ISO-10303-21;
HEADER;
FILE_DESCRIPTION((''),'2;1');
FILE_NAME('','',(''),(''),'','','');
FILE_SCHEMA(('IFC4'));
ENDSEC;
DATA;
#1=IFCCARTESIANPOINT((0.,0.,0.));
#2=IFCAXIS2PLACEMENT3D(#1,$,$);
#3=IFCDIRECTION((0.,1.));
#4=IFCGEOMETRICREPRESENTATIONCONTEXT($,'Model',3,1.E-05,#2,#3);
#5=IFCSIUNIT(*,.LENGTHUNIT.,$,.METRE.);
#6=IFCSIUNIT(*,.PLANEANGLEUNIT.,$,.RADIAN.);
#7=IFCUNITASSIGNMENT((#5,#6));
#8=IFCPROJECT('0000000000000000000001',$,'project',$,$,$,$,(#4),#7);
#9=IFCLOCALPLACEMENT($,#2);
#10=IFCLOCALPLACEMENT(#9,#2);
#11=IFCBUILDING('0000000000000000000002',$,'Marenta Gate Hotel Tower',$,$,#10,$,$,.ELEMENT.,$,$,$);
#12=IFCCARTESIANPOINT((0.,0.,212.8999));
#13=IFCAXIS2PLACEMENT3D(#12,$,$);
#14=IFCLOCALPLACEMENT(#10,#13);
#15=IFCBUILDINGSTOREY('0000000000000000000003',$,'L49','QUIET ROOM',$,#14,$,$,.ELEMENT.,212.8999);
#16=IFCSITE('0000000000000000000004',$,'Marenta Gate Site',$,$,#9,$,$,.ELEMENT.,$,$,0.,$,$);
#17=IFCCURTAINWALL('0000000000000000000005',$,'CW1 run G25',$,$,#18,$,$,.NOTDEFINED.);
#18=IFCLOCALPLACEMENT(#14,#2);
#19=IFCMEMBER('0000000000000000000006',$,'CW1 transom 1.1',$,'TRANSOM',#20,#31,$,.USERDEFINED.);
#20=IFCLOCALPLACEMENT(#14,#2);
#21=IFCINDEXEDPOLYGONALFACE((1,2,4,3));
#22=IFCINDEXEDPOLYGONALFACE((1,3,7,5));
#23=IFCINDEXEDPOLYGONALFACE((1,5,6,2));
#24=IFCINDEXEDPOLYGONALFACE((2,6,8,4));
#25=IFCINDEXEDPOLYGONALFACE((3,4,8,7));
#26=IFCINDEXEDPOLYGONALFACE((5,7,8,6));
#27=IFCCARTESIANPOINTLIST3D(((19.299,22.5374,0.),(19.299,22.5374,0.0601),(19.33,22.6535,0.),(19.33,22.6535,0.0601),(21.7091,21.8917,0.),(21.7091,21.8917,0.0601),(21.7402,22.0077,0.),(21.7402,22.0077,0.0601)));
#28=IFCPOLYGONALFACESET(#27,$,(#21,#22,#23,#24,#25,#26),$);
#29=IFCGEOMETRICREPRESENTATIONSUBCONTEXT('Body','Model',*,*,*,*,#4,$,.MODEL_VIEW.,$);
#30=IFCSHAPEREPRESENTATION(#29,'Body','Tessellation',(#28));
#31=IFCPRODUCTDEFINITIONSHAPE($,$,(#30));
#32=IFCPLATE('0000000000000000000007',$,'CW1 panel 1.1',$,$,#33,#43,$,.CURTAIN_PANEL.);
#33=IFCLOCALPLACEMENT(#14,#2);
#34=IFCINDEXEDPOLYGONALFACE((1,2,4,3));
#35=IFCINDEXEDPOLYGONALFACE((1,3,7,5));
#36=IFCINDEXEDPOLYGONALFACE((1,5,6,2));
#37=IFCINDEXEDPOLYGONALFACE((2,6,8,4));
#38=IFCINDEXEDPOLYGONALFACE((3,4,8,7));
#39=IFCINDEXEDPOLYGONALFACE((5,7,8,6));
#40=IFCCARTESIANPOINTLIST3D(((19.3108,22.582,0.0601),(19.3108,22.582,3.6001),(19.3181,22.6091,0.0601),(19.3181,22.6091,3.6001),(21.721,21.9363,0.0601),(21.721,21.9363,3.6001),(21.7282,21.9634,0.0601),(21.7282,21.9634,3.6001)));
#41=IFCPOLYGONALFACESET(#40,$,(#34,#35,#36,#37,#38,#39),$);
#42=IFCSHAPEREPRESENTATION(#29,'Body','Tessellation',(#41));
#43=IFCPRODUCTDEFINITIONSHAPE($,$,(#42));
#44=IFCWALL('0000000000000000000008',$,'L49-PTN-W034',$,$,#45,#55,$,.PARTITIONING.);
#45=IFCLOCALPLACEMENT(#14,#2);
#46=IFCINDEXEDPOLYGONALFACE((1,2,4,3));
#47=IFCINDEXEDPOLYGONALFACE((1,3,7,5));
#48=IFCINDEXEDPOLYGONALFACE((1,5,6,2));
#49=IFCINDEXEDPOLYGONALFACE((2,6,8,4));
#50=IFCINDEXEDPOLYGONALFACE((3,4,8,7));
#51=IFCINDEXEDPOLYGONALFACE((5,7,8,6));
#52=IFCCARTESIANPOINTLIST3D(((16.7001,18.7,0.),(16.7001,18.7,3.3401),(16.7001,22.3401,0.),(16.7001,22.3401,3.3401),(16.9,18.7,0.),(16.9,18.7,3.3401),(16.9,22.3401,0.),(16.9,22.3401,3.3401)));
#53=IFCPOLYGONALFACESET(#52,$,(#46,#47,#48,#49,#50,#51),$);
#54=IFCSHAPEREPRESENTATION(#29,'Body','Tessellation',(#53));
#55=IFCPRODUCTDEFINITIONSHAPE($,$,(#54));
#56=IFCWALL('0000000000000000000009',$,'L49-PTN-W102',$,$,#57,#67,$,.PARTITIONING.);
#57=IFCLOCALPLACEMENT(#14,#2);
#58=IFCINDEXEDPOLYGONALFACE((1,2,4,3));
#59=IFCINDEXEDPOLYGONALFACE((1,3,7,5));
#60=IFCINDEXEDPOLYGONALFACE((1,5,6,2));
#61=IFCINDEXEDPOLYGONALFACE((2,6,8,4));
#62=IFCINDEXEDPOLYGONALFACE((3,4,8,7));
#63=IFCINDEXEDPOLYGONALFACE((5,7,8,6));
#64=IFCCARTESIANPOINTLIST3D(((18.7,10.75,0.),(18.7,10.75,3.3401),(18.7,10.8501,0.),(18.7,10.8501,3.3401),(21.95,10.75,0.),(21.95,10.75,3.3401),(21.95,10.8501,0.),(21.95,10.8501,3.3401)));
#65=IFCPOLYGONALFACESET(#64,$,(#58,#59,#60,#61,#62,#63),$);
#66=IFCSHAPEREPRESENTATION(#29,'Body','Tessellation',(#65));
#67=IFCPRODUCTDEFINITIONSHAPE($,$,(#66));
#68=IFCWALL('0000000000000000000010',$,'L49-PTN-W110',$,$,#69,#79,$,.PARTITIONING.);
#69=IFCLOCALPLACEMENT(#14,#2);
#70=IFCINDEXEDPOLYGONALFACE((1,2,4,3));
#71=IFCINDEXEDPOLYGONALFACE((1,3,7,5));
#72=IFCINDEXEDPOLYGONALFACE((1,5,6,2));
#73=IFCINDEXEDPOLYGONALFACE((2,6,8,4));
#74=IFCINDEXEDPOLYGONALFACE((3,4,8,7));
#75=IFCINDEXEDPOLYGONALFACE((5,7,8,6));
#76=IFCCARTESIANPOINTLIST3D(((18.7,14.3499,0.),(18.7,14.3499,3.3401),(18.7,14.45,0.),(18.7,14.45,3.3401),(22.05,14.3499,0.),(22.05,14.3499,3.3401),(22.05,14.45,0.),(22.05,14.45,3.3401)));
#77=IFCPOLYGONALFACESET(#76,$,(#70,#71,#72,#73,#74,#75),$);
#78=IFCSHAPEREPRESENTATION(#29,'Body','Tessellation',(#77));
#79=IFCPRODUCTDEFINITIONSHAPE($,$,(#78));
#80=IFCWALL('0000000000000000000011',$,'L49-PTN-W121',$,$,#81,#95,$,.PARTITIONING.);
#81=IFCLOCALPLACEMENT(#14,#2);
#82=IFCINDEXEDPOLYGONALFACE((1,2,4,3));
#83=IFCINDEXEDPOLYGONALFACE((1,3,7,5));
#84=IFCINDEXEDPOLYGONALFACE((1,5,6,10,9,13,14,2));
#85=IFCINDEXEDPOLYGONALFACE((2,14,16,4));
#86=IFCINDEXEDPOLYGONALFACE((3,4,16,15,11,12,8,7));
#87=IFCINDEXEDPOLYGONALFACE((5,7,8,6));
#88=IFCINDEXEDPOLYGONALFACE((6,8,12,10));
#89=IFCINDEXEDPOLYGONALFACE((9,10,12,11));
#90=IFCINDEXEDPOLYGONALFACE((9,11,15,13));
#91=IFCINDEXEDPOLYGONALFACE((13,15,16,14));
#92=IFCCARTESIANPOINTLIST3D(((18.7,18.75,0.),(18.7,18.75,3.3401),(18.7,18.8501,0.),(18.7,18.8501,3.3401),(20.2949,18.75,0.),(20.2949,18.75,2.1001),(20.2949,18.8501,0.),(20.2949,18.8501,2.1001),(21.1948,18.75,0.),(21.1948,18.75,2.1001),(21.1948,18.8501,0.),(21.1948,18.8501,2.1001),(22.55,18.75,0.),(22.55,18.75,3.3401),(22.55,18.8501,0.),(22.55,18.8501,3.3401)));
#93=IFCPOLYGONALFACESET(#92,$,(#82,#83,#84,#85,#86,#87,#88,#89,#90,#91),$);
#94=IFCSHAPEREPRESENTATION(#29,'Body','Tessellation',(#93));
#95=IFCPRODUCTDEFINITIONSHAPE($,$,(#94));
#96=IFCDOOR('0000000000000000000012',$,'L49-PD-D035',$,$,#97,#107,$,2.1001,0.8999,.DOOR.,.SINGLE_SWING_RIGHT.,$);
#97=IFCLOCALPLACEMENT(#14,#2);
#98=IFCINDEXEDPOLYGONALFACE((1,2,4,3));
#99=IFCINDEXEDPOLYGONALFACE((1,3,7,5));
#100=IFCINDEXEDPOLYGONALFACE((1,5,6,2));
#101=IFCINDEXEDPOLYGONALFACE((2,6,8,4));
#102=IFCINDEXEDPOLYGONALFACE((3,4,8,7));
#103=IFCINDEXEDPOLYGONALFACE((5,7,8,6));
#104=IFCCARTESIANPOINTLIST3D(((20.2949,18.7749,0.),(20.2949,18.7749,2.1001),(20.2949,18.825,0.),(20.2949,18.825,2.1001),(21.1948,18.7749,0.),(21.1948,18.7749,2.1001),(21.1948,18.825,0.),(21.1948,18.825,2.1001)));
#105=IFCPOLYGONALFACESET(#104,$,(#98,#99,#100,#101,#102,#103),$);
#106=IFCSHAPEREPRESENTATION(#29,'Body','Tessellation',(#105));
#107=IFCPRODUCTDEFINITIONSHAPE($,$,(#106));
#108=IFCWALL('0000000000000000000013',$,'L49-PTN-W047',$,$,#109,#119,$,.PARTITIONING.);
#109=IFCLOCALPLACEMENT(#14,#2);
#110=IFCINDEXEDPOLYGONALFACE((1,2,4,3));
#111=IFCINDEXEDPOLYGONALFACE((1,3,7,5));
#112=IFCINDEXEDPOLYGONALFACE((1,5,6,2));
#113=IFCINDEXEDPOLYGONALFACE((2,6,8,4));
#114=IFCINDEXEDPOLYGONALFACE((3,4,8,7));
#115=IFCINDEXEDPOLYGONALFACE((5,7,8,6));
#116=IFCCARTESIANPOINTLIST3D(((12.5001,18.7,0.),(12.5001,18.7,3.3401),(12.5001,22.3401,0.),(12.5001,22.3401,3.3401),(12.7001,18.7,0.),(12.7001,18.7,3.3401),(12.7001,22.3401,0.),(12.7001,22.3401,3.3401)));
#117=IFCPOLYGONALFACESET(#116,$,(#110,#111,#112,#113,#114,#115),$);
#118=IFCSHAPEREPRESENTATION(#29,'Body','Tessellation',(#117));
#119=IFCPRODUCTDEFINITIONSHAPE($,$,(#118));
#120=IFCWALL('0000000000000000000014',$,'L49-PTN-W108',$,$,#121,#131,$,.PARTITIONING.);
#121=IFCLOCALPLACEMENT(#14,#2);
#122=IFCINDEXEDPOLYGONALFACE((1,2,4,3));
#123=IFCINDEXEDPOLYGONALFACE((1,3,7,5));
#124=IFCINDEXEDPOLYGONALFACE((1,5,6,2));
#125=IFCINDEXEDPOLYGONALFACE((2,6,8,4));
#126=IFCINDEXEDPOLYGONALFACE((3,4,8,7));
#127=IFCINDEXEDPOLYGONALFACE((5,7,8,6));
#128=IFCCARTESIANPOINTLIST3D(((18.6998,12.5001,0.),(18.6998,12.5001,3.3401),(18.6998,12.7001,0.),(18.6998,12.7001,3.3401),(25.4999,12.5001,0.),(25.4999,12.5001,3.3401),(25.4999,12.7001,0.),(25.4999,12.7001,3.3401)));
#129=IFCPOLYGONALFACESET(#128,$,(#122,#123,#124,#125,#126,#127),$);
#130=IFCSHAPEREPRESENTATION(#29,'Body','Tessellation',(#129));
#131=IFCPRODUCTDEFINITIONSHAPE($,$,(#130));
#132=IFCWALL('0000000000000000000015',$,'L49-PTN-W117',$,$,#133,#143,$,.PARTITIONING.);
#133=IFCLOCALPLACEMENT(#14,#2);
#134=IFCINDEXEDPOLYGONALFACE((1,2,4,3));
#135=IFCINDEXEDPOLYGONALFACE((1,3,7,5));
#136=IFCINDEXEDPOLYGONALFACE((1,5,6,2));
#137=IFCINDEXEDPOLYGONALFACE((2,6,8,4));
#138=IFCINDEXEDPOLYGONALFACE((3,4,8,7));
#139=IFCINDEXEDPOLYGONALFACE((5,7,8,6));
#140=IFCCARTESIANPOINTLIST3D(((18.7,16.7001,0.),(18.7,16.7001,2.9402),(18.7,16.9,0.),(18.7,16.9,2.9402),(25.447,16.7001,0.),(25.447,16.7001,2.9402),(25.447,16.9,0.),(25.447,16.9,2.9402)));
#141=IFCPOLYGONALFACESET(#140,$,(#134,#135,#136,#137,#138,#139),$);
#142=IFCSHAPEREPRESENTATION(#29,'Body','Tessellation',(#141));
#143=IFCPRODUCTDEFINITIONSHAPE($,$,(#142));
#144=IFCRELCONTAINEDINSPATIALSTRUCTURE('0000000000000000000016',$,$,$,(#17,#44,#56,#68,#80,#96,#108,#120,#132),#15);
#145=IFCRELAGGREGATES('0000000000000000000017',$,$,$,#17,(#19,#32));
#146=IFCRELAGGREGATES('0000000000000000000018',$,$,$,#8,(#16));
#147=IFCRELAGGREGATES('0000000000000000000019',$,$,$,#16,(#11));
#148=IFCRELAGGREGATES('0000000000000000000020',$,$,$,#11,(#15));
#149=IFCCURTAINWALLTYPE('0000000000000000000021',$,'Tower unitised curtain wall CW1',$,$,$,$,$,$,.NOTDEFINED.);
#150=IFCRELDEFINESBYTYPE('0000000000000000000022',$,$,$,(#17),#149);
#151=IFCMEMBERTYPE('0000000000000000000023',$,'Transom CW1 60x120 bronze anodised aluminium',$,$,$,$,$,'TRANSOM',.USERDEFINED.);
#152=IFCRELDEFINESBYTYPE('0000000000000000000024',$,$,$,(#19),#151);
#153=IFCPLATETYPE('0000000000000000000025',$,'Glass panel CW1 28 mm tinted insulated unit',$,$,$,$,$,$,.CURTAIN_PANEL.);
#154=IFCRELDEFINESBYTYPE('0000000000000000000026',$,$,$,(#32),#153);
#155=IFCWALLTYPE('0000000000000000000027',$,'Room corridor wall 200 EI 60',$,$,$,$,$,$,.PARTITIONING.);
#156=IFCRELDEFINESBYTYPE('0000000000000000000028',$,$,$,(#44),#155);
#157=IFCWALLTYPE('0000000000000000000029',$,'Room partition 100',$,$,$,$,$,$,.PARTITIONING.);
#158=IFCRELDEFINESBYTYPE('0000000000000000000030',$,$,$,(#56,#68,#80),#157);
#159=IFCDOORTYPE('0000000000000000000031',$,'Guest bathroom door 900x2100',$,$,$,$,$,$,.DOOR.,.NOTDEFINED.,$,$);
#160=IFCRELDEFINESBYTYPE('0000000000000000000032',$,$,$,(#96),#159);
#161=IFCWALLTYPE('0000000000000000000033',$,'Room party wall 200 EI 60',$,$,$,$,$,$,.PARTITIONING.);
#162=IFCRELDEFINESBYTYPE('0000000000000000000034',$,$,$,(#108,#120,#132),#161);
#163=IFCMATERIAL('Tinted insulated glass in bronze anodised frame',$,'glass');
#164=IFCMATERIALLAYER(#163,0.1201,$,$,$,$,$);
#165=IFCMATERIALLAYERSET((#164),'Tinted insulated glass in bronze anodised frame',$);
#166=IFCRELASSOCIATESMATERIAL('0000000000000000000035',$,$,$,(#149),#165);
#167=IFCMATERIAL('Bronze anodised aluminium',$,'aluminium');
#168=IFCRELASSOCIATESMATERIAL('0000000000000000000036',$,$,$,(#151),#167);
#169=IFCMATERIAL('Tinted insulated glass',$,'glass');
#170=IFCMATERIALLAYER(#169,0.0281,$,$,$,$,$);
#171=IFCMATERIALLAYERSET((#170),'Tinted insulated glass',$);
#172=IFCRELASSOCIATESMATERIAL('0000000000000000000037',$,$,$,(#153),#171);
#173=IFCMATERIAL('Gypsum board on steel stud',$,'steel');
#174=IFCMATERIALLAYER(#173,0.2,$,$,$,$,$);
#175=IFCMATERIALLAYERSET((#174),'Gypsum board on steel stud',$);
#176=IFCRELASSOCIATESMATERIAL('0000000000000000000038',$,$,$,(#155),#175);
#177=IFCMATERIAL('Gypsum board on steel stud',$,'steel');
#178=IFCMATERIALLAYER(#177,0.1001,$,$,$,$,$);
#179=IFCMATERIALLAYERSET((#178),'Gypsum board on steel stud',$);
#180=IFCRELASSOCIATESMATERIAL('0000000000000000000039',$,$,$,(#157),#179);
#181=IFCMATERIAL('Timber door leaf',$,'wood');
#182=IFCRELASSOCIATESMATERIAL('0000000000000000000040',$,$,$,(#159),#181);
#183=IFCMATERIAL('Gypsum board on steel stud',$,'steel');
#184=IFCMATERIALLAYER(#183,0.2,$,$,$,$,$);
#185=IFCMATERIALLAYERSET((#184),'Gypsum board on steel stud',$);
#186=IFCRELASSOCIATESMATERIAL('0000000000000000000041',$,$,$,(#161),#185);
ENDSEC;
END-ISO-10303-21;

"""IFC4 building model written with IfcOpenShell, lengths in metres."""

from ifc_helpers import new_model, si_unit, direction, frame, frame_2d, origin, origin_2d, place, context, subcontext, project, spatial, rectangle, extrude, material, layer, layer_set, material_profile, profile_set, type_object, element, fill, aggregate, save


model = new_model("IFC4")

# Units and contexts
model_context = context("Model", 3, precision=1e-05, world=origin(), true_north=direction((0.0, 1.0)))
body_context = subcontext(model_context, "Body", "Model", "MODEL_VIEW")
ifc_project = project(units=[si_unit("LENGTHUNIT", "METRE"), si_unit("PLANEANGLEUNIT", "RADIAN")], contexts=[model_context])

# Site, building, storey
site_placement = place(None, origin())
site = spatial("IfcSite", under=ifc_project, at=site_placement, Name="Marenta Gate Site", CompositionType="ELEMENT", RefElevation=0.0)
building_placement = place(site_placement, origin())
building = spatial("IfcBuilding", under=site, at=building_placement, Name="Marenta Gate Hotel Tower", CompositionType="ELEMENT")
storey_placement = place(building_placement, frame((0.0, 0.0, 212.8999)))
storey = spatial("IfcBuildingStorey", under=building, at=storey_placement, Name="L49", Description="QUIET ROOM", CompositionType="ELEMENT", Elevation=212.8999)

# Curtain wall, member, plate
ifc_material_1 = material(Name="Tinted insulated glass in bronze anodised frame", Category="glass")
ifc_layer_1 = layer(ifc_material_1, 0.1201)
ifc_layer_set_1 = layer_set([ifc_layer_1], Name="Tinted insulated glass in bronze anodised frame")
curtain_wall_type = type_object("IfcCurtainWallType", Name="Tower unitised curtain wall CW1", PredefinedType="NOTDEFINED", material=ifc_layer_set_1)
curtain_wall_placement = place(storey_placement, origin())
curtain_wall = element("IfcCurtainWall", 1, at=curtain_wall_placement, inside=storey, type_object=curtain_wall_type, Name="CW1 run G25", PredefinedType="NOTDEFINED")
ifc_material_2 = material(Name="Bronze anodised aluminium", Category="aluminium")
ifc_material_profile_1 = material_profile(ifc_material_2, rectangle(XDim=0.1201, YDim=0.0601, at=origin_2d()), Name="Transom CW1 60x120 bronze anodised aluminium")
ifc_profile_set_1 = profile_set([ifc_material_profile_1], Name="Bronze anodised aluminium")
member_type_1 = type_object("IfcMemberType", Name="Transom CW1 60x120 bronze anodised aluminium", ElementType="TRANSOM", PredefinedType="USERDEFINED", material=ifc_profile_set_1)
member_1_placement = place(storey_placement, frame((21.7246, 21.9497, 0.03), z_axis=(-0.965931, 0.258801, 0.0), x_axis=(-0.258801, -0.965931, 0.0)))
member_1 = element("IfcMember", 2, at=member_1_placement, type_object=member_type_1, Name="CW1 transom 1.1", ObjectType="TRANSOM", PredefinedType="USERDEFINED", context=body_context, shape_type="SweptSolid", body=[
    extrude(rectangle(XDim=0.1201, YDim=0.0601, at=origin_2d()), origin(), (0.0, 0.0, 1.0), 2.4951),
])
ifc_material_3 = material(Name="Tinted insulated glass", Category="glass")
ifc_layer_2 = layer(ifc_material_3, 0.0281)
ifc_layer_set_2 = layer_set([ifc_layer_2], Name="Tinted insulated glass")
plate_type = type_object("IfcPlateType", Name="Glass panel CW1 28 mm tinted insulated unit", PredefinedType="CURTAIN_PANEL", material=ifc_layer_set_2)
plate_placement = place(storey_placement, frame((20.5195, 22.2727, 0.0601), z_axis=(0.0, 0.0, 1.0), x_axis=(-0.96593, 0.258805, 0.0)))
plate = element("IfcPlate", 3, at=plate_placement, type_object=plate_type, Name="CW1 panel 1.1", PredefinedType="CURTAIN_PANEL", context=body_context, shape_type="SweptSolid", body=[
    extrude(rectangle(XDim=2.4951, YDim=0.0281, at=origin_2d()), origin(), (0.0, 0.0, 1.0), 3.54),
])
aggregate(curtain_wall, [member_1, plate])

# Walls
ifc_material_4 = material(Name="Gypsum board on steel stud", Category="steel")
ifc_layer_3 = layer(ifc_material_4, 0.2)
ifc_layer_set_3 = layer_set([ifc_layer_3], Name="Gypsum board on steel stud")
wall_type_1 = type_object("IfcWallType", Name="Room corridor wall 200 EI 60", PredefinedType="PARTITIONING", material=ifc_layer_set_3)
wall_1_placement = place(storey_placement, frame((16.8, 18.7, 0.0), z_axis=(0.0, 0.0, 1.0), x_axis=(0.0, 1.0, 0.0)))
element("IfcWall", 4, at=wall_1_placement, inside=storey, type_object=wall_type_1, Name="L49-PTN-W034", PredefinedType="PARTITIONING", context=body_context, shape_type="SweptSolid", body=[
    extrude(rectangle(XDim=3.6401, YDim=0.2, at=frame_2d((1.8201, 0.0))), origin(), (0.0, 0.0, 1.0), 3.3401),
])
ifc_material_5 = material(Name="Gypsum board on steel stud", Category="steel")
ifc_layer_4 = layer(ifc_material_5, 0.1001)
ifc_layer_set_4 = layer_set([ifc_layer_4], Name="Gypsum board on steel stud")
wall_type_2 = type_object("IfcWallType", Name="Room partition 100", PredefinedType="PARTITIONING", material=ifc_layer_set_4)
wall_2_placement = place(storey_placement, frame((18.7, 10.8, 0.0), z_axis=(0.0, 0.0, 1.0), x_axis=(1.0, 0.0, 0.0)))
element("IfcWall", 5, at=wall_2_placement, inside=storey, type_object=wall_type_2, Name="L49-PTN-W102", PredefinedType="PARTITIONING", context=body_context, shape_type="SweptSolid", body=[
    extrude(rectangle(XDim=3.25, YDim=0.1001, at=frame_2d((1.625, 0.0))), origin(), (0.0, 0.0, 1.0), 3.3401),
])
wall_3_placement = place(storey_placement, frame((18.7, 14.3999, 0.0), z_axis=(0.0, 0.0, 1.0), x_axis=(1.0, 0.0, 0.0)))
element("IfcWall", 6, at=wall_3_placement, inside=storey, type_object=wall_type_2, Name="L49-PTN-W110", PredefinedType="PARTITIONING", context=body_context, shape_type="SweptSolid", body=[
    extrude(rectangle(XDim=3.3501, YDim=0.1001, at=frame_2d((1.675, 0.0))), origin(), (0.0, 0.0, 1.0), 3.3401),
])

# Wall, opening, door
wall_4_placement = place(storey_placement, frame((18.7, 18.8, 0.0), z_axis=(0.0, 0.0, 1.0), x_axis=(1.0, 0.0, 0.0)))
wall_4 = element("IfcWall", 7, at=wall_4_placement, inside=storey, type_object=wall_type_2, Name="L49-PTN-W121", PredefinedType="PARTITIONING", context=body_context, shape_type="SweptSolid", body=[
    extrude(rectangle(XDim=3.8501, YDim=0.1001, at=frame_2d((1.925, 0.0))), origin(), (0.0, 0.0, 1.0), 3.3401),
])
opening_1_placement = place(wall_4_placement, frame((1.595, 0.0, 0.0)))
opening_1 = element("IfcOpeningElement", 8, at=opening_1_placement, cuts=wall_4, PredefinedType="OPENING", context=body_context, shape_type="SweptSolid", body=[
    extrude(rectangle(XDim=0.8999, YDim=2.1001, at=frame_2d((0.45, 1.05))), frame((0.0, 0.05, 0.0), z_axis=(0.0, -1.0, 0.0), x_axis=(1.0, 0.0, 0.0)), (0.0, 0.0, 1.0), 0.1001),
])
ifc_material_6 = material(Name="Timber door leaf", Category="wood")
door_type = type_object("IfcDoorType", Name="Guest bathroom door 900x2100", OperationType="NOTDEFINED", PredefinedType="DOOR", material=ifc_material_6)
door_placement = place(opening_1_placement, origin())
door = element("IfcDoor", 9, at=door_placement, inside=storey, type_object=door_type, Name="L49-PD-D035", OperationType="SINGLE_SWING_RIGHT", OverallHeight=2.1001, OverallWidth=0.8999, PredefinedType="DOOR", context=body_context, shape_type="SweptSolid", body=[
    extrude(rectangle(XDim=0.8999, YDim=2.1001, at=frame_2d((0.45, 1.05))), frame((0.0, 0.0249, 0.0), z_axis=(0.0, -1.0, 0.0), x_axis=(1.0, 0.0, 0.0)), (0.0, 0.0, 1.0), 0.05),
])
fill(opening_1, door)

# Walls
ifc_material_7 = material(Name="Gypsum board on steel stud", Category="steel")
ifc_layer_5 = layer(ifc_material_7, 0.2)
ifc_layer_set_5 = layer_set([ifc_layer_5], Name="Gypsum board on steel stud")
wall_type_3 = type_object("IfcWallType", Name="Room party wall 200 EI 60", PredefinedType="PARTITIONING", material=ifc_layer_set_5)
wall_5_placement = place(storey_placement, frame((12.6001, 18.7, 0.0), z_axis=(0.0, 0.0, 1.0), x_axis=(0.0, 1.0, 0.0)))
element("IfcWall", 10, at=wall_5_placement, inside=storey, type_object=wall_type_3, Name="L49-PTN-W047", PredefinedType="PARTITIONING", context=body_context, shape_type="SweptSolid", body=[
    extrude(rectangle(XDim=3.6401, YDim=0.2, at=frame_2d((1.8201, 0.0))), origin(), (0.0, 0.0, 1.0), 3.3401),
])
wall_6_placement = place(storey_placement, frame((18.7, 12.6001, 0.0), z_axis=(0.0, 0.0, 1.0), x_axis=(1.0, 0.0, 0.0)))
element("IfcWall", 11, at=wall_6_placement, inside=storey, type_object=wall_type_3, Name="L49-PTN-W108", PredefinedType="PARTITIONING", context=body_context, shape_type="SweptSolid", body=[
    extrude(rectangle(XDim=6.8, YDim=0.2, at=frame_2d((3.3999, 0.0))), origin(), (0.0, 0.0, 1.0), 3.3401),
])
wall_7_placement = place(storey_placement, frame((18.7, 16.8, 0.0), z_axis=(0.0, 0.0, 1.0), x_axis=(1.0, 0.0, 0.0)))
element("IfcWall", 12, at=wall_7_placement, inside=storey, type_object=wall_type_3, Name="L49-PTN-W117", PredefinedType="PARTITIONING", context=body_context, shape_type="SweptSolid", body=[
    extrude(rectangle(XDim=6.7471, YDim=0.2, at=frame_2d((3.3735, 0.0))), origin(), (0.0, 0.0, 1.0), 2.9402),
])

save(model, "model.ifc")
